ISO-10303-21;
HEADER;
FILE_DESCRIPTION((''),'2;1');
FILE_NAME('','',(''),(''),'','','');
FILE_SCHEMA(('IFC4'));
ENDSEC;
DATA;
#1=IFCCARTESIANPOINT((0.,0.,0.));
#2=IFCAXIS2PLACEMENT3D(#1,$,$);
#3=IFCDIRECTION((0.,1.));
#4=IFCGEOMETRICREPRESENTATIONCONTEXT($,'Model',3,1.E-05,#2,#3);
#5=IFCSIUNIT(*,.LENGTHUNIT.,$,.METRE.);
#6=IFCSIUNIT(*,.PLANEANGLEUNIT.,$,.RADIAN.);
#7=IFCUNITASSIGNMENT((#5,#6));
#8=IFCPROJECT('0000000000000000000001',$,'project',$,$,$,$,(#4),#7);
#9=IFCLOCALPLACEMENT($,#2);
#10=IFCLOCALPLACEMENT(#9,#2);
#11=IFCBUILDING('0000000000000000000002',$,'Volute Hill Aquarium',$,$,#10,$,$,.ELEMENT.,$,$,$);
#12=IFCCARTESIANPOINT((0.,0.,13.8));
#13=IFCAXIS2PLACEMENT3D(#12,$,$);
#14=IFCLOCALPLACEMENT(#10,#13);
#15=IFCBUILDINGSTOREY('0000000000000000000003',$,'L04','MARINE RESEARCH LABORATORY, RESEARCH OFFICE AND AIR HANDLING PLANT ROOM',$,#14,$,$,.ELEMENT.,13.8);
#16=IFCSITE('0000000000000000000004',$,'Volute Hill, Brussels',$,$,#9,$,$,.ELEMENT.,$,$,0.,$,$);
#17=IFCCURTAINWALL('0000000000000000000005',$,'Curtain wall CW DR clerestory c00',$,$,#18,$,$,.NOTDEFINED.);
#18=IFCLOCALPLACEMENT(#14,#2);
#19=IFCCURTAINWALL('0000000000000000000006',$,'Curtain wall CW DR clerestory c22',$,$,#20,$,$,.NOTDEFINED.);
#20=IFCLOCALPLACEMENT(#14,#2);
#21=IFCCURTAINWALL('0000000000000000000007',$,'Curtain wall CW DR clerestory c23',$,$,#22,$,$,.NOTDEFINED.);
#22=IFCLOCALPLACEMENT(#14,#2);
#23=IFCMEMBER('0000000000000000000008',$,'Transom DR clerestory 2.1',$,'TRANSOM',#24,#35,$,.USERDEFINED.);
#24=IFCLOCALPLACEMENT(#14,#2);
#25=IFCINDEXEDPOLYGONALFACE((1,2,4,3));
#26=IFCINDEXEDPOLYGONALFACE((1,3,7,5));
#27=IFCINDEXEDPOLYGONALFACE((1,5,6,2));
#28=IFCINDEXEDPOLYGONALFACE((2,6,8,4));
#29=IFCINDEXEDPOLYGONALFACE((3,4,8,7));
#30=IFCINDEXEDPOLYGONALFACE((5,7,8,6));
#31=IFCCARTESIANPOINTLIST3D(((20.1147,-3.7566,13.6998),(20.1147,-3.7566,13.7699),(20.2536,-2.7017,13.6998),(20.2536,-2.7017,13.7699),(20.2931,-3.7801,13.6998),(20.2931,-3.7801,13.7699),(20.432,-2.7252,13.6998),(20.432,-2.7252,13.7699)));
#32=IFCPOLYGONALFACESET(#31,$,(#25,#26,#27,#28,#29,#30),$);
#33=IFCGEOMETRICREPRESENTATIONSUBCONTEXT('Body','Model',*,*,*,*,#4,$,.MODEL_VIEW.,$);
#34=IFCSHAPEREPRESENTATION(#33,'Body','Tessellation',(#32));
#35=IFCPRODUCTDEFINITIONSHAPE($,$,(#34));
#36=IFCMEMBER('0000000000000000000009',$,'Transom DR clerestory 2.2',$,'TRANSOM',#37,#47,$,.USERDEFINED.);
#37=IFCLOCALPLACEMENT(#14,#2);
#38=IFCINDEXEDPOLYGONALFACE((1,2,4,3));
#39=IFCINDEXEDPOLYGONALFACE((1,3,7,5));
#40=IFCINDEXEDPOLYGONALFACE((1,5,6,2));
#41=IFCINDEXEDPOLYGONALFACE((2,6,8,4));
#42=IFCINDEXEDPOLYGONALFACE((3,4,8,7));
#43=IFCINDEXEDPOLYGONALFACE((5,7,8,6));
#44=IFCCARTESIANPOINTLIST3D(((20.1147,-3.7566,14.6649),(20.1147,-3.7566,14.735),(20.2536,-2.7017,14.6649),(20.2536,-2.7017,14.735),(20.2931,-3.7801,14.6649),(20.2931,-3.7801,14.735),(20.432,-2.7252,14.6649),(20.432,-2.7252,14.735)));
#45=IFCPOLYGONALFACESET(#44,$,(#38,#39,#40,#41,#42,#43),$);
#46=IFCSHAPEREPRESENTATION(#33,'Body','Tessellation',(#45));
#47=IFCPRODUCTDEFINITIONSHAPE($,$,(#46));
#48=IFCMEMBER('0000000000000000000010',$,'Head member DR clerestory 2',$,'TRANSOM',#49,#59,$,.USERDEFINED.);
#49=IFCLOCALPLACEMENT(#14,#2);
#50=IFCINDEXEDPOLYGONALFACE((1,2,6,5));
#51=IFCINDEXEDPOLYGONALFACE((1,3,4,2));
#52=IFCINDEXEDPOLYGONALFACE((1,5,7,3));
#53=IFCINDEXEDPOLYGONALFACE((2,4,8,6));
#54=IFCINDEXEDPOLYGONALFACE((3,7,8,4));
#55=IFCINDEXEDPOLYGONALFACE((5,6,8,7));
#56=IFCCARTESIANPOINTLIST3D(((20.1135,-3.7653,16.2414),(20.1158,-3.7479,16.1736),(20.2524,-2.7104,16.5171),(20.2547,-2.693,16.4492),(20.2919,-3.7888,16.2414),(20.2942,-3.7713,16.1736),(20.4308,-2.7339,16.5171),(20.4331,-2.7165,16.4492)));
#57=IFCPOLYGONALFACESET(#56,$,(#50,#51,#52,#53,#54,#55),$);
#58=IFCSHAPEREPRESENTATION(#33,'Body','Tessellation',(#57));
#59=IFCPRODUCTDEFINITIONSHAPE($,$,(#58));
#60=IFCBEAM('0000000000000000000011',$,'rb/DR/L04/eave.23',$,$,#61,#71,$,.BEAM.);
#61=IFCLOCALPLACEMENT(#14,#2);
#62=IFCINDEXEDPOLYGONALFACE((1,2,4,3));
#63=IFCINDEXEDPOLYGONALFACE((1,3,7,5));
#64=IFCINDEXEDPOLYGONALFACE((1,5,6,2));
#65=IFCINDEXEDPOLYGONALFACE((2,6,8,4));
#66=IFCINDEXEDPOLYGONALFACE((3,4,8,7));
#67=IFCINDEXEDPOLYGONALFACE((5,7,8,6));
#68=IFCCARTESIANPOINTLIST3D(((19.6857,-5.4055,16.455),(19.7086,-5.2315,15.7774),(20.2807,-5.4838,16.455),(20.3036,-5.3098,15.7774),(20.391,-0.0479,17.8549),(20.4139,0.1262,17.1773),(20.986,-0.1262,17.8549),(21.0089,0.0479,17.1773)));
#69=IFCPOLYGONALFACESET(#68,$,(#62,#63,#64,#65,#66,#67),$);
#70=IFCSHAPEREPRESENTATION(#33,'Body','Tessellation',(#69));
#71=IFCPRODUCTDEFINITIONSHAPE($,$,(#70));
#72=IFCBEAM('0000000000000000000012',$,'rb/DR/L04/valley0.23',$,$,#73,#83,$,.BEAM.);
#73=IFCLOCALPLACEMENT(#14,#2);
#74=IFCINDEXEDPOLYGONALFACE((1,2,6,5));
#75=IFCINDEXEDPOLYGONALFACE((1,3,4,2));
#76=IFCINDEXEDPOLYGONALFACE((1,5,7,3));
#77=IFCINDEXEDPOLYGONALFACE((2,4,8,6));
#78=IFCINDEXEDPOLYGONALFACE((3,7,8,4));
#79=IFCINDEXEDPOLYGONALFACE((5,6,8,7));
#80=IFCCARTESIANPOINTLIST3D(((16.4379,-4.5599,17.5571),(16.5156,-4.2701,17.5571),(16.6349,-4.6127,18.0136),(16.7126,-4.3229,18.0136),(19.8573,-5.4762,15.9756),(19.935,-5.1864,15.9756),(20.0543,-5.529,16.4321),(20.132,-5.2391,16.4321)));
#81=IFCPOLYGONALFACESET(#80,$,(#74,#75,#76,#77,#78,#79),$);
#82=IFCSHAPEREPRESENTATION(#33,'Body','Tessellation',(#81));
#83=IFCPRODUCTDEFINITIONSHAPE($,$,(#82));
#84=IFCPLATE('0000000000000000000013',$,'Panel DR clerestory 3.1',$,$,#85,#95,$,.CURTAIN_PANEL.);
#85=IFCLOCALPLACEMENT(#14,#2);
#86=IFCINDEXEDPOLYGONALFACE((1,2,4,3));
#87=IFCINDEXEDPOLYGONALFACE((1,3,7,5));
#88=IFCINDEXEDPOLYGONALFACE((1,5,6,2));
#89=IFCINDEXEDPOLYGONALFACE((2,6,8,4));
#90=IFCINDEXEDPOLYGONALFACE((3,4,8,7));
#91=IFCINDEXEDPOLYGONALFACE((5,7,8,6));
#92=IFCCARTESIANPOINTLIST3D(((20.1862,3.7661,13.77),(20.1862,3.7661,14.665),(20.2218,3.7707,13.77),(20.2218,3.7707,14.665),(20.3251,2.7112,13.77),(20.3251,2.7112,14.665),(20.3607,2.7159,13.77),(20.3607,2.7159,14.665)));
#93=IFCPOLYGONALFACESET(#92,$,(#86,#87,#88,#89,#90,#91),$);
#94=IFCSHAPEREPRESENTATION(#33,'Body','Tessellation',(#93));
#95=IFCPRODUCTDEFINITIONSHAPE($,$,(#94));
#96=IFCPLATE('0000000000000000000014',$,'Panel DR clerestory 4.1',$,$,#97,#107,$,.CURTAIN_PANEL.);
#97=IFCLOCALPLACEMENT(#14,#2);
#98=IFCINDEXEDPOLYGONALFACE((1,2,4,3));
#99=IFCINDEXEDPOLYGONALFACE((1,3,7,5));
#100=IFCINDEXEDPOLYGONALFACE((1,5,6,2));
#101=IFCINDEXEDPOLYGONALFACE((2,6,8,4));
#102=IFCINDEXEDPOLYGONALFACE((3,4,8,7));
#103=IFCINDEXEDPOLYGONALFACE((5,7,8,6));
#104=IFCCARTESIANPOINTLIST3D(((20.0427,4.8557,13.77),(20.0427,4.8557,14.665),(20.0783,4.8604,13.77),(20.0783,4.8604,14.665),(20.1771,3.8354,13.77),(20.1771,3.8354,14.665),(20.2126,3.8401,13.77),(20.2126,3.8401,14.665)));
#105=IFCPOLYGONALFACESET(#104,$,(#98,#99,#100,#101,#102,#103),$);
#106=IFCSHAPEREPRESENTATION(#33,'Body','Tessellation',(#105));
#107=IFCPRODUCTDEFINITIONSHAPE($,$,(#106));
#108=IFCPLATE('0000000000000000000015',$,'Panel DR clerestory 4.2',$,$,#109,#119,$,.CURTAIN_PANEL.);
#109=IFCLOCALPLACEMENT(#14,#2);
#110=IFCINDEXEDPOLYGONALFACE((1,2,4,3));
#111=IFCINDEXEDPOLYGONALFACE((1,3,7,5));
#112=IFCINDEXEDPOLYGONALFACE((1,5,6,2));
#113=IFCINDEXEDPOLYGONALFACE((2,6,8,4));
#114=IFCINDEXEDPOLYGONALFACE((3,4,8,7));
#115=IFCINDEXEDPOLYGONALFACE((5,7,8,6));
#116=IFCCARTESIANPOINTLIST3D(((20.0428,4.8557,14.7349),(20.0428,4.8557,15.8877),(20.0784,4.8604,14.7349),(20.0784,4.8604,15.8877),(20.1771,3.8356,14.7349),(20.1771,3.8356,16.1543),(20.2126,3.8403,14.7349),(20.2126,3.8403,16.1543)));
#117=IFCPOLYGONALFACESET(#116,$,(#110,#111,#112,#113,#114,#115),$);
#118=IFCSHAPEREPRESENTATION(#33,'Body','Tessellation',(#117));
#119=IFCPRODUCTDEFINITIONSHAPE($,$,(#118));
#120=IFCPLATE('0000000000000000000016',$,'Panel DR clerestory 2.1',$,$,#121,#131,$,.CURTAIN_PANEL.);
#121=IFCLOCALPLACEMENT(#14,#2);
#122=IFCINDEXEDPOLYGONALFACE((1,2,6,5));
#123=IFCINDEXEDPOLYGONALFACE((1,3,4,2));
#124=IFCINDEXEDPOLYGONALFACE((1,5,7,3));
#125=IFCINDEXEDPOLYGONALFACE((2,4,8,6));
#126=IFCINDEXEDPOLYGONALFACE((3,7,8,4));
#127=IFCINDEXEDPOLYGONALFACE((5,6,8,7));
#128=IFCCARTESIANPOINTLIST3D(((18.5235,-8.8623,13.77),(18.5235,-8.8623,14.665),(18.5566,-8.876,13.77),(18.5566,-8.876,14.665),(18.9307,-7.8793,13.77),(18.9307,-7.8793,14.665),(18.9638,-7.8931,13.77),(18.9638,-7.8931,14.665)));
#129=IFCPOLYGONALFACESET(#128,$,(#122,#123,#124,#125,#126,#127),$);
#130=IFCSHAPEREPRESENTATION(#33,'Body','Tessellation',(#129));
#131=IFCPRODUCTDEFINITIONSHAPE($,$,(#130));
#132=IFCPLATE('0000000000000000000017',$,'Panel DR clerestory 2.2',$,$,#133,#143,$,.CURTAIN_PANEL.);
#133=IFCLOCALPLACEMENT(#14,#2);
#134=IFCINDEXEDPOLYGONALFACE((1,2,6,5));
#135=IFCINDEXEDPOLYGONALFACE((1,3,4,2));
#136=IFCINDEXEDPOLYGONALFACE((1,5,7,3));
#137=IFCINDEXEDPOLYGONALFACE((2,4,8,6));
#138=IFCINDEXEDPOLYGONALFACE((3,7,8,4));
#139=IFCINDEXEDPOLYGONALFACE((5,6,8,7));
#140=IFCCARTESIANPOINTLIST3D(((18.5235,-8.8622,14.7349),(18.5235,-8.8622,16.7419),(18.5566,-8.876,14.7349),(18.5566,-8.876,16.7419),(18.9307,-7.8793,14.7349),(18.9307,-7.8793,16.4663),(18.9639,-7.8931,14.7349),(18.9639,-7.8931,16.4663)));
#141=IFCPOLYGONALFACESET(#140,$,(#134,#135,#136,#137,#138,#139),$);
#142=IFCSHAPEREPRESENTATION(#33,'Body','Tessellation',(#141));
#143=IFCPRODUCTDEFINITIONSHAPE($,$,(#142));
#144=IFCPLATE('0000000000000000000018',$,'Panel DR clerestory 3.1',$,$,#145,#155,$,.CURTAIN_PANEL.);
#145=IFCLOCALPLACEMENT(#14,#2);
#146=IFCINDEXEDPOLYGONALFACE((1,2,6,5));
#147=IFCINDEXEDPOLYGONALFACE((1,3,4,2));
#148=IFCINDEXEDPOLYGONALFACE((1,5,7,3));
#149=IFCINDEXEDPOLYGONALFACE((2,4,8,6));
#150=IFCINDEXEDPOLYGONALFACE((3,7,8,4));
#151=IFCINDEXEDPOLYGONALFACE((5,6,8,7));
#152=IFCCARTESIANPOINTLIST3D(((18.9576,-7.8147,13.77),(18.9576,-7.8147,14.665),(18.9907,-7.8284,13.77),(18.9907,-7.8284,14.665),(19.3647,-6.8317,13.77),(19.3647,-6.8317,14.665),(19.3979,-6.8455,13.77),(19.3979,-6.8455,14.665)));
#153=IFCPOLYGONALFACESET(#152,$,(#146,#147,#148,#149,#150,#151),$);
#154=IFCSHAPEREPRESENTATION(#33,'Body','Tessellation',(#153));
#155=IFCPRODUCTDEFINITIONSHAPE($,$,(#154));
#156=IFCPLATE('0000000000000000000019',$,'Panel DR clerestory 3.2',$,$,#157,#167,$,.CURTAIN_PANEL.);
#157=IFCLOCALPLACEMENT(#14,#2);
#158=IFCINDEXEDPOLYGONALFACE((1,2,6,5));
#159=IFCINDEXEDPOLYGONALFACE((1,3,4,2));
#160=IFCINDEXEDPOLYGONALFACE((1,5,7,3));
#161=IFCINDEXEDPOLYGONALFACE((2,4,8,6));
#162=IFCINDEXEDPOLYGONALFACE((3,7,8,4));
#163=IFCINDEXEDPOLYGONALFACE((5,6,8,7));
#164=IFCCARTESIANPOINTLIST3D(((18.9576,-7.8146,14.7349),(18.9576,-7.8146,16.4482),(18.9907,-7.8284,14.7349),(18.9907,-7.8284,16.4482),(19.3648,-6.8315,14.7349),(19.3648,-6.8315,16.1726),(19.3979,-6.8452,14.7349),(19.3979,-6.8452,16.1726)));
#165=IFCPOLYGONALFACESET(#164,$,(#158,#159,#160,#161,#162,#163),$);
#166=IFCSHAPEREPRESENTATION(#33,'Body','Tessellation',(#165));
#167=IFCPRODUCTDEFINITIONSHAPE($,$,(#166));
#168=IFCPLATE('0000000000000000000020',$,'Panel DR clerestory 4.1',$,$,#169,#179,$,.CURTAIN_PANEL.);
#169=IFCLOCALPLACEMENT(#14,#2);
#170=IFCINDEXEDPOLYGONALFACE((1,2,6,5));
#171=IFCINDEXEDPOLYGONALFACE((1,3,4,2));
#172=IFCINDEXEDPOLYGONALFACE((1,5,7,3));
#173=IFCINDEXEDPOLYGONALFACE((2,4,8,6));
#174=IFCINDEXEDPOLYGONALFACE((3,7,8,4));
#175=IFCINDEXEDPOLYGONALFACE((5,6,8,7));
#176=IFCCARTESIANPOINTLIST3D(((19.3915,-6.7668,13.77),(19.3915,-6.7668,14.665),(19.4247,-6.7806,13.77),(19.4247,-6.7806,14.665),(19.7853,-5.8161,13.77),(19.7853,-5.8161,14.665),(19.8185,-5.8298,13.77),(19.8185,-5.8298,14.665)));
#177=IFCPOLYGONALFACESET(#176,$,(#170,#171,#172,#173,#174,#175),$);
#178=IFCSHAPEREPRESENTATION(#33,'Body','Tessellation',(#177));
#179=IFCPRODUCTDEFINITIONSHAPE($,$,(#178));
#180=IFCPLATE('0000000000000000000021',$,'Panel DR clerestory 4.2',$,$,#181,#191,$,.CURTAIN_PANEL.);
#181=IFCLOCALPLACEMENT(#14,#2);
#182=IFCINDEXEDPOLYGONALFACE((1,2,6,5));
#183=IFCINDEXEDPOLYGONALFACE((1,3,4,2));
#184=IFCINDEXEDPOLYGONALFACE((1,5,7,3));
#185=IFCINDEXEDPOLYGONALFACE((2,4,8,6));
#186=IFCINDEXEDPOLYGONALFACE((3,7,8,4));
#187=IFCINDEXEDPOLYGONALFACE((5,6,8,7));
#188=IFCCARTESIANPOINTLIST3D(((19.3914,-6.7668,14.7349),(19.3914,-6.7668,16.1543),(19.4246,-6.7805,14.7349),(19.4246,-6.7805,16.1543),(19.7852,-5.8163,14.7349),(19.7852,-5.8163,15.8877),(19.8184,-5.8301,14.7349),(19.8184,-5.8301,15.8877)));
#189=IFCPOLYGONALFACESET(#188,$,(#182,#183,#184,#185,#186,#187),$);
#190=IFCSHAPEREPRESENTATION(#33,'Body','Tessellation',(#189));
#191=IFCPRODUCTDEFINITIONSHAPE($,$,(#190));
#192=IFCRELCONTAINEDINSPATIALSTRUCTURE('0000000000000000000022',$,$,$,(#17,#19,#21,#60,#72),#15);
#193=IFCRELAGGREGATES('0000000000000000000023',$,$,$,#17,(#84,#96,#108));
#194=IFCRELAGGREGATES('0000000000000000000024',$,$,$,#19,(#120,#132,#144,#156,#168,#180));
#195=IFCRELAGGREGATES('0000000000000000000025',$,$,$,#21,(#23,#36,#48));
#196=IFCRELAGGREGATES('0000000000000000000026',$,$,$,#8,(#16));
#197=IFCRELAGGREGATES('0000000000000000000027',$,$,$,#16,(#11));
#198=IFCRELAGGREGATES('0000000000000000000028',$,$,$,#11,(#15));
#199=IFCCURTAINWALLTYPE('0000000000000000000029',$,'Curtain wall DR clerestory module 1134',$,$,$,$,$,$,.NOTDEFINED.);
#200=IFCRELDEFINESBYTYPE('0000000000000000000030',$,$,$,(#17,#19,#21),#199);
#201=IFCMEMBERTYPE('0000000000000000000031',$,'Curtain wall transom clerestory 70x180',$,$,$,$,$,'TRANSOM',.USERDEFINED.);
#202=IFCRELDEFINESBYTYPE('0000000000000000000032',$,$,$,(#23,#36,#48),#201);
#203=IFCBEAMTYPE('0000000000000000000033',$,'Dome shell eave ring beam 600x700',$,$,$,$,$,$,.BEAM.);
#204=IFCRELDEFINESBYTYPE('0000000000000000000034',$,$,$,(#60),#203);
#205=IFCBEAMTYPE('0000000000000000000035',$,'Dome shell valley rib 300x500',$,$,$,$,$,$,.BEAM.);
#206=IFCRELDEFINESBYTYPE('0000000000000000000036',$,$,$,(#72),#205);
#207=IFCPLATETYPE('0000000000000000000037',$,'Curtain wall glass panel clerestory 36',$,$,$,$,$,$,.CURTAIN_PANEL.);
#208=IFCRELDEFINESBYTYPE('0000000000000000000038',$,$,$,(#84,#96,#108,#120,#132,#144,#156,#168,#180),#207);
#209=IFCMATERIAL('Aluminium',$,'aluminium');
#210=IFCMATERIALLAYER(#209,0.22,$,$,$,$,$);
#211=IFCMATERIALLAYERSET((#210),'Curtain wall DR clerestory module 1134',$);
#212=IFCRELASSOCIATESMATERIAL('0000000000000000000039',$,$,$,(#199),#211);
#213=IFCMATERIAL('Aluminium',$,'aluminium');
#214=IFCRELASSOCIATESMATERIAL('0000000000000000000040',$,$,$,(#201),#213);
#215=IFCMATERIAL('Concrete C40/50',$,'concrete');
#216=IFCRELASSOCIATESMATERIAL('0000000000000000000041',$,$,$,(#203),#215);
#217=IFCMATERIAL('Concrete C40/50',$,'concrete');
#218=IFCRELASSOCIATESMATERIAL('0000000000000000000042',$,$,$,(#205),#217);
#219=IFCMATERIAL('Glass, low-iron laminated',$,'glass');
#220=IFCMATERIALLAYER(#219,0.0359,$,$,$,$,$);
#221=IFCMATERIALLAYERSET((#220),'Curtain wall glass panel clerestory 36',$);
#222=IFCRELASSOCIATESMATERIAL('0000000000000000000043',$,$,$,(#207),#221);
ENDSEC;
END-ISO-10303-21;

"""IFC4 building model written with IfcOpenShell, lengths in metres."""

from ifc_helpers import new_model, si_unit, direction, frame, origin, origin_2d, place, context, subcontext, project, spatial, polyline, rectangle, outline, extrude, material, layer, layer_set, material_profile, profile_set, type_object, element, aggregate, save


model = new_model("IFC4")

# Units and contexts
model_context = context("Model", 3, precision=1e-05, world=origin(), true_north=direction((0.0, 1.0)))
body_context = subcontext(model_context, "Body", "Model", "MODEL_VIEW")
ifc_project = project(units=[si_unit("LENGTHUNIT", "METRE"), si_unit("PLANEANGLEUNIT", "RADIAN")], contexts=[model_context])

# Site, building, storey
site_placement = place(None, origin())
site = spatial("IfcSite", under=ifc_project, at=site_placement, Name="Volute Hill, Brussels", CompositionType="ELEMENT", RefElevation=0.0)
building_placement = place(site_placement, origin())
building = spatial("IfcBuilding", under=site, at=building_placement, Name="Volute Hill Aquarium", CompositionType="ELEMENT")
storey_placement = place(building_placement, frame((0.0, 0.0, 13.8)))
storey = spatial("IfcBuildingStorey", under=building, at=storey_placement, Name="L04", Description="MARINE RESEARCH LABORATORY, RESEARCH OFFICE AND AIR HANDLING PLANT ROOM", CompositionType="ELEMENT", Elevation=13.8)

# Curtain walls, members
ifc_material_1 = material(Name="Aluminium", Category="aluminium")
ifc_layer_1 = layer(ifc_material_1, 0.22)
ifc_layer_set_1 = layer_set([ifc_layer_1], Name="Curtain wall DR clerestory module 1134")
curtain_wall_type = type_object("IfcCurtainWallType", Name="Curtain wall DR clerestory module 1134", PredefinedType="NOTDEFINED", material=ifc_layer_set_1)
curtain_wall_1_placement = place(storey_placement, origin())
curtain_wall_1 = element("IfcCurtainWall", 1, at=curtain_wall_1_placement, inside=storey, type_object=curtain_wall_type, Name="Curtain wall CW DR clerestory c00", PredefinedType="NOTDEFINED")
ifc_material_2 = material(Name="Aluminium", Category="aluminium")
ifc_material_profile_1 = material_profile(ifc_material_2, rectangle(XDim=0.1799, YDim=0.0701, at=origin_2d()), Name="Curtain wall transom clerestory 70x180")
ifc_profile_set_1 = profile_set([ifc_material_profile_1], Name="Aluminium")
member_type_1 = type_object("IfcMemberType", Name="Curtain wall transom clerestory 70x180", ElementType="TRANSOM", PredefinedType="USERDEFINED", material=ifc_profile_set_1)
curtain_wall_2_placement = place(storey_placement, origin())
curtain_wall_2 = element("IfcCurtainWall", 2, at=curtain_wall_2_placement, inside=storey, type_object=curtain_wall_type, Name="Curtain wall CW DR clerestory c22", PredefinedType="NOTDEFINED")
curtain_wall_3_placement = place(storey_placement, origin())
curtain_wall_3 = element("IfcCurtainWall", 3, at=curtain_wall_3_placement, inside=storey, type_object=curtain_wall_type, Name="Curtain wall CW DR clerestory c23", PredefinedType="NOTDEFINED")
member_1_placement = place(storey_placement, frame((20.2039, -3.7683, 13.7349), z_axis=(0.130555, 0.991441, 0.0), x_axis=(-0.991441, 0.130555, 0.0)))
member_1 = element("IfcMember", 4, at=member_1_placement, type_object=member_type_1, Name="Transom DR clerestory 2.1", ObjectType="TRANSOM", PredefinedType="USERDEFINED", context=body_context, shape_type="SweptSolid", body=[
    extrude(rectangle(XDim=0.1799, YDim=0.0701, at=origin_2d()), origin(), (0.0, 0.0, 1.0), 1.064),
])
member_2_placement = place(storey_placement, frame((20.2039, -3.7683, 14.7), z_axis=(0.130555, 0.991441, 0.0), x_axis=(-0.991441, 0.130555, 0.0)))
member_2 = element("IfcMember", 5, at=member_2_placement, type_object=member_type_1, Name="Transom DR clerestory 2.2", ObjectType="TRANSOM", PredefinedType="USERDEFINED", context=body_context, shape_type="SweptSolid", body=[
    extrude(rectangle(XDim=0.1799, YDim=0.0701, at=origin_2d()), origin(), (0.0, 0.0, 1.0), 1.064),
])
member_3_placement = place(storey_placement, frame((20.2039, -3.7683, 16.2075), z_axis=(0.126384, 0.959762, 0.250769), x_axis=(-0.991441, 0.130555, 0.0)))
member_3 = element("IfcMember", 6, at=member_3_placement, type_object=member_type_1, Name="Head member DR clerestory 2", ObjectType="TRANSOM", PredefinedType="USERDEFINED", context=body_context, shape_type="SweptSolid", body=[
    extrude(rectangle(XDim=0.1799, YDim=0.0701, at=origin_2d()), origin(), (0.0, 0.0, 1.0), 1.0991),
])

# Beams
ifc_material_3 = material(Name="Concrete C40/50", Category="concrete")
ifc_material_profile_2 = material_profile(ifc_material_3, rectangle(XDim=0.6001, YDim=0.7, at=origin_2d()), Name="RC beam 600x700")
ifc_profile_set_2 = profile_set([ifc_material_profile_2], Name="Concrete C40/50")
beam_type_1 = type_object("IfcBeamType", Name="Dome shell eave ring beam 600x700", PredefinedType="BEAM", material=ifc_profile_set_2)
beam_1_placement = place(storey_placement, frame((19.9946, -5.3577, 16.1162), z_axis=(0.12635, 0.959764, 0.250776), x_axis=(-0.991446, 0.130521, 0.0)))
element("IfcBeam", 7, at=beam_1_placement, inside=storey, type_object=beam_type_1, Name="rb/DR/L04/eave.23", PredefinedType="BEAM", context=body_context, shape_type="SweptSolid", body=[
    extrude(rectangle(XDim=0.6001, YDim=0.7, at=origin_2d()), origin(), (0.0, 0.0, 1.0), 5.5823),
])
ifc_material_4 = material(Name="Concrete C40/50", Category="concrete")
ifc_material_profile_3 = material_profile(ifc_material_4, rectangle(XDim=0.3, YDim=0.5, at=origin_2d()), Name="RC rib 300x500")
ifc_profile_set_3 = profile_set([ifc_material_profile_3], Name="Concrete C40/50")
beam_type_2 = type_object("IfcBeamType", Name="Dome shell valley rib 300x500", PredefinedType="BEAM", material=ifc_profile_set_3)
beam_2_placement = place(storey_placement, frame((19.9946, -5.3577, 16.2039), z_axis=(-0.881915, 0.236315, 0.4079), x_axis=(-0.258826, -0.965924, 0.0)))
element("IfcBeam", 8, at=beam_2_placement, inside=storey, type_object=beam_type_2, Name="rb/DR/L04/valley0.23", PredefinedType="BEAM", context=body_context, shape_type="SweptSolid", body=[
    extrude(rectangle(XDim=0.3, YDim=0.5, at=origin_2d()), origin(), (0.0, 0.0, 1.0), 3.8772),
])

# Plates
ifc_material_5 = material(Name="Glass, low-iron laminated", Category="glass")
ifc_layer_2 = layer(ifc_material_5, 0.0359)
ifc_layer_set_2 = layer_set([ifc_layer_2], Name="Curtain wall glass panel clerestory 36")
plate_type = type_object("IfcPlateType", Name="Curtain wall glass panel clerestory 36", PredefinedType="CURTAIN_PANEL", material=ifc_layer_set_2)
plate_1_placement = place(storey_placement, frame((20.2734, 3.241, 13.77), z_axis=(0.0, 0.0, 1.0), x_axis=(-0.130519, 0.991446, 0.0)))
plate_1 = element("IfcPlate", 9, at=plate_1_placement, type_object=plate_type, Name="Panel DR clerestory 3.1", PredefinedType="CURTAIN_PANEL", context=body_context, shape_type="SweptSolid", body=[
    extrude(rectangle(XDim=1.064, YDim=0.0359, at=origin_2d()), origin(), (0.0, 0.0, 1.0), 0.895),
])
plate_2_placement = place(storey_placement, frame((20.1277, 4.3479, 13.77), z_axis=(0.0, 0.0, 1.0), x_axis=(-0.130519, 0.991446, 0.0)))
plate_2 = element("IfcPlate", 10, at=plate_2_placement, type_object=plate_type, Name="Panel DR clerestory 4.1", PredefinedType="CURTAIN_PANEL", context=body_context, shape_type="SweptSolid", body=[
    extrude(rectangle(XDim=1.0291, YDim=0.0359, at=origin_2d()), origin(), (0.0, 0.0, 1.0), 0.895),
])
plate_3_placement = place(storey_placement, frame((20.2126, 3.8403, 14.7349), z_axis=(0.991446, 0.130516, 0.0), x_axis=(-0.130516, 0.991446, 0.0)))
plate_3 = element("IfcPlate", 11, at=plate_3_placement, type_object=plate_type, Name="Panel DR clerestory 4.2", PredefinedType="CURTAIN_PANEL", context=body_context, shape_type="SweptSolid", body=[
    extrude(outline(polyline([(0.0, 0.0), (1.0288, 0.0), (1.0288, 1.1528), (0.0, 1.4194), (0.0, 0.0)])), origin(), (0.0, 0.0, -1.0), 0.0359),
])
aggregate(curtain_wall_1, [plate_1, plate_2, plate_3])
plate_4_placement = place(storey_placement, frame((18.7437, -8.3777, 13.77), z_axis=(0.0, 0.0, 1.0), x_axis=(0.382696, 0.923874, 0.0)))
plate_4 = element("IfcPlate", 12, at=plate_4_placement, type_object=plate_type, Name="Panel DR clerestory 2.1", PredefinedType="CURTAIN_PANEL", context=body_context, shape_type="SweptSolid", body=[
    extrude(rectangle(XDim=1.064, YDim=0.0359, at=origin_2d()), origin(), (0.0, 0.0, 1.0), 0.895),
])
plate_5_placement = place(storey_placement, frame((18.5566, -8.876, 14.7349), z_axis=(0.923849, -0.382757, 0.0), x_axis=(0.382757, 0.923849, 0.0)))
plate_5 = element("IfcPlate", 13, at=plate_5_placement, type_object=plate_type, Name="Panel DR clerestory 2.2", PredefinedType="CURTAIN_PANEL", context=body_context, shape_type="SweptSolid", body=[
    extrude(outline(polyline([(0.0, 0.0), (1.0639, 0.0), (1.0639, 1.7314), (0.0, 2.0071), (0.0, 0.0)])), origin(), (0.0, 0.0, -1.0), 0.0359),
])
plate_6_placement = place(storey_placement, frame((19.1777, -7.3301, 13.77), z_axis=(0.0, 0.0, 1.0), x_axis=(0.382696, 0.923874, 0.0)))
plate_6 = element("IfcPlate", 14, at=plate_6_placement, type_object=plate_type, Name="Panel DR clerestory 3.1", PredefinedType="CURTAIN_PANEL", context=body_context, shape_type="SweptSolid", body=[
    extrude(rectangle(XDim=1.064, YDim=0.0359, at=origin_2d()), origin(), (0.0, 0.0, 1.0), 0.895),
])
plate_7_placement = place(storey_placement, frame((18.9907, -7.8284, 14.7349), z_axis=(0.923883, -0.382676, 0.0), x_axis=(0.382676, 0.923883, 0.0)))
plate_7 = element("IfcPlate", 15, at=plate_7_placement, type_object=plate_type, Name="Panel DR clerestory 3.2", PredefinedType="CURTAIN_PANEL", context=body_context, shape_type="SweptSolid", body=[
    extrude(outline(polyline([(0.0, 0.0), (1.0642, 0.0), (1.0642, 1.4377), (0.0, 1.7134), (0.0, 0.0)])), origin(), (0.0, 0.0, -1.0), 0.0359),
])
plate_8_placement = place(storey_placement, frame((19.605, -6.2983, 13.77), z_axis=(0.0, 0.0, 1.0), x_axis=(0.382696, 0.923874, 0.0)))
plate_8 = element("IfcPlate", 16, at=plate_8_placement, type_object=plate_type, Name="Panel DR clerestory 4.1", PredefinedType="CURTAIN_PANEL", context=body_context, shape_type="SweptSolid", body=[
    extrude(rectangle(XDim=1.0291, YDim=0.0359, at=origin_2d()), origin(), (0.0, 0.0, 1.0), 0.895),
])
plate_9_placement = place(storey_placement, frame((19.4246, -6.7805, 14.7349), z_axis=(0.92384, -0.382778, 0.0), x_axis=(0.382778, 0.92384, 0.0)))
plate_9 = element("IfcPlate", 17, at=plate_9_placement, type_object=plate_type, Name="Panel DR clerestory 4.2", PredefinedType="CURTAIN_PANEL", context=body_context, shape_type="SweptSolid", body=[
    extrude(outline(polyline([(0.0, 0.0), (1.0288, 0.0), (1.0288, 1.1528), (0.0, 1.4194), (0.0, 0.0)])), origin(), (0.0, 0.0, -1.0), 0.0359),
])
aggregate(curtain_wall_2, [plate_4, plate_5, plate_6, plate_7, plate_8, plate_9])
aggregate(curtain_wall_3, [member_1, member_2, member_3])

save(model, "model.ifc")
